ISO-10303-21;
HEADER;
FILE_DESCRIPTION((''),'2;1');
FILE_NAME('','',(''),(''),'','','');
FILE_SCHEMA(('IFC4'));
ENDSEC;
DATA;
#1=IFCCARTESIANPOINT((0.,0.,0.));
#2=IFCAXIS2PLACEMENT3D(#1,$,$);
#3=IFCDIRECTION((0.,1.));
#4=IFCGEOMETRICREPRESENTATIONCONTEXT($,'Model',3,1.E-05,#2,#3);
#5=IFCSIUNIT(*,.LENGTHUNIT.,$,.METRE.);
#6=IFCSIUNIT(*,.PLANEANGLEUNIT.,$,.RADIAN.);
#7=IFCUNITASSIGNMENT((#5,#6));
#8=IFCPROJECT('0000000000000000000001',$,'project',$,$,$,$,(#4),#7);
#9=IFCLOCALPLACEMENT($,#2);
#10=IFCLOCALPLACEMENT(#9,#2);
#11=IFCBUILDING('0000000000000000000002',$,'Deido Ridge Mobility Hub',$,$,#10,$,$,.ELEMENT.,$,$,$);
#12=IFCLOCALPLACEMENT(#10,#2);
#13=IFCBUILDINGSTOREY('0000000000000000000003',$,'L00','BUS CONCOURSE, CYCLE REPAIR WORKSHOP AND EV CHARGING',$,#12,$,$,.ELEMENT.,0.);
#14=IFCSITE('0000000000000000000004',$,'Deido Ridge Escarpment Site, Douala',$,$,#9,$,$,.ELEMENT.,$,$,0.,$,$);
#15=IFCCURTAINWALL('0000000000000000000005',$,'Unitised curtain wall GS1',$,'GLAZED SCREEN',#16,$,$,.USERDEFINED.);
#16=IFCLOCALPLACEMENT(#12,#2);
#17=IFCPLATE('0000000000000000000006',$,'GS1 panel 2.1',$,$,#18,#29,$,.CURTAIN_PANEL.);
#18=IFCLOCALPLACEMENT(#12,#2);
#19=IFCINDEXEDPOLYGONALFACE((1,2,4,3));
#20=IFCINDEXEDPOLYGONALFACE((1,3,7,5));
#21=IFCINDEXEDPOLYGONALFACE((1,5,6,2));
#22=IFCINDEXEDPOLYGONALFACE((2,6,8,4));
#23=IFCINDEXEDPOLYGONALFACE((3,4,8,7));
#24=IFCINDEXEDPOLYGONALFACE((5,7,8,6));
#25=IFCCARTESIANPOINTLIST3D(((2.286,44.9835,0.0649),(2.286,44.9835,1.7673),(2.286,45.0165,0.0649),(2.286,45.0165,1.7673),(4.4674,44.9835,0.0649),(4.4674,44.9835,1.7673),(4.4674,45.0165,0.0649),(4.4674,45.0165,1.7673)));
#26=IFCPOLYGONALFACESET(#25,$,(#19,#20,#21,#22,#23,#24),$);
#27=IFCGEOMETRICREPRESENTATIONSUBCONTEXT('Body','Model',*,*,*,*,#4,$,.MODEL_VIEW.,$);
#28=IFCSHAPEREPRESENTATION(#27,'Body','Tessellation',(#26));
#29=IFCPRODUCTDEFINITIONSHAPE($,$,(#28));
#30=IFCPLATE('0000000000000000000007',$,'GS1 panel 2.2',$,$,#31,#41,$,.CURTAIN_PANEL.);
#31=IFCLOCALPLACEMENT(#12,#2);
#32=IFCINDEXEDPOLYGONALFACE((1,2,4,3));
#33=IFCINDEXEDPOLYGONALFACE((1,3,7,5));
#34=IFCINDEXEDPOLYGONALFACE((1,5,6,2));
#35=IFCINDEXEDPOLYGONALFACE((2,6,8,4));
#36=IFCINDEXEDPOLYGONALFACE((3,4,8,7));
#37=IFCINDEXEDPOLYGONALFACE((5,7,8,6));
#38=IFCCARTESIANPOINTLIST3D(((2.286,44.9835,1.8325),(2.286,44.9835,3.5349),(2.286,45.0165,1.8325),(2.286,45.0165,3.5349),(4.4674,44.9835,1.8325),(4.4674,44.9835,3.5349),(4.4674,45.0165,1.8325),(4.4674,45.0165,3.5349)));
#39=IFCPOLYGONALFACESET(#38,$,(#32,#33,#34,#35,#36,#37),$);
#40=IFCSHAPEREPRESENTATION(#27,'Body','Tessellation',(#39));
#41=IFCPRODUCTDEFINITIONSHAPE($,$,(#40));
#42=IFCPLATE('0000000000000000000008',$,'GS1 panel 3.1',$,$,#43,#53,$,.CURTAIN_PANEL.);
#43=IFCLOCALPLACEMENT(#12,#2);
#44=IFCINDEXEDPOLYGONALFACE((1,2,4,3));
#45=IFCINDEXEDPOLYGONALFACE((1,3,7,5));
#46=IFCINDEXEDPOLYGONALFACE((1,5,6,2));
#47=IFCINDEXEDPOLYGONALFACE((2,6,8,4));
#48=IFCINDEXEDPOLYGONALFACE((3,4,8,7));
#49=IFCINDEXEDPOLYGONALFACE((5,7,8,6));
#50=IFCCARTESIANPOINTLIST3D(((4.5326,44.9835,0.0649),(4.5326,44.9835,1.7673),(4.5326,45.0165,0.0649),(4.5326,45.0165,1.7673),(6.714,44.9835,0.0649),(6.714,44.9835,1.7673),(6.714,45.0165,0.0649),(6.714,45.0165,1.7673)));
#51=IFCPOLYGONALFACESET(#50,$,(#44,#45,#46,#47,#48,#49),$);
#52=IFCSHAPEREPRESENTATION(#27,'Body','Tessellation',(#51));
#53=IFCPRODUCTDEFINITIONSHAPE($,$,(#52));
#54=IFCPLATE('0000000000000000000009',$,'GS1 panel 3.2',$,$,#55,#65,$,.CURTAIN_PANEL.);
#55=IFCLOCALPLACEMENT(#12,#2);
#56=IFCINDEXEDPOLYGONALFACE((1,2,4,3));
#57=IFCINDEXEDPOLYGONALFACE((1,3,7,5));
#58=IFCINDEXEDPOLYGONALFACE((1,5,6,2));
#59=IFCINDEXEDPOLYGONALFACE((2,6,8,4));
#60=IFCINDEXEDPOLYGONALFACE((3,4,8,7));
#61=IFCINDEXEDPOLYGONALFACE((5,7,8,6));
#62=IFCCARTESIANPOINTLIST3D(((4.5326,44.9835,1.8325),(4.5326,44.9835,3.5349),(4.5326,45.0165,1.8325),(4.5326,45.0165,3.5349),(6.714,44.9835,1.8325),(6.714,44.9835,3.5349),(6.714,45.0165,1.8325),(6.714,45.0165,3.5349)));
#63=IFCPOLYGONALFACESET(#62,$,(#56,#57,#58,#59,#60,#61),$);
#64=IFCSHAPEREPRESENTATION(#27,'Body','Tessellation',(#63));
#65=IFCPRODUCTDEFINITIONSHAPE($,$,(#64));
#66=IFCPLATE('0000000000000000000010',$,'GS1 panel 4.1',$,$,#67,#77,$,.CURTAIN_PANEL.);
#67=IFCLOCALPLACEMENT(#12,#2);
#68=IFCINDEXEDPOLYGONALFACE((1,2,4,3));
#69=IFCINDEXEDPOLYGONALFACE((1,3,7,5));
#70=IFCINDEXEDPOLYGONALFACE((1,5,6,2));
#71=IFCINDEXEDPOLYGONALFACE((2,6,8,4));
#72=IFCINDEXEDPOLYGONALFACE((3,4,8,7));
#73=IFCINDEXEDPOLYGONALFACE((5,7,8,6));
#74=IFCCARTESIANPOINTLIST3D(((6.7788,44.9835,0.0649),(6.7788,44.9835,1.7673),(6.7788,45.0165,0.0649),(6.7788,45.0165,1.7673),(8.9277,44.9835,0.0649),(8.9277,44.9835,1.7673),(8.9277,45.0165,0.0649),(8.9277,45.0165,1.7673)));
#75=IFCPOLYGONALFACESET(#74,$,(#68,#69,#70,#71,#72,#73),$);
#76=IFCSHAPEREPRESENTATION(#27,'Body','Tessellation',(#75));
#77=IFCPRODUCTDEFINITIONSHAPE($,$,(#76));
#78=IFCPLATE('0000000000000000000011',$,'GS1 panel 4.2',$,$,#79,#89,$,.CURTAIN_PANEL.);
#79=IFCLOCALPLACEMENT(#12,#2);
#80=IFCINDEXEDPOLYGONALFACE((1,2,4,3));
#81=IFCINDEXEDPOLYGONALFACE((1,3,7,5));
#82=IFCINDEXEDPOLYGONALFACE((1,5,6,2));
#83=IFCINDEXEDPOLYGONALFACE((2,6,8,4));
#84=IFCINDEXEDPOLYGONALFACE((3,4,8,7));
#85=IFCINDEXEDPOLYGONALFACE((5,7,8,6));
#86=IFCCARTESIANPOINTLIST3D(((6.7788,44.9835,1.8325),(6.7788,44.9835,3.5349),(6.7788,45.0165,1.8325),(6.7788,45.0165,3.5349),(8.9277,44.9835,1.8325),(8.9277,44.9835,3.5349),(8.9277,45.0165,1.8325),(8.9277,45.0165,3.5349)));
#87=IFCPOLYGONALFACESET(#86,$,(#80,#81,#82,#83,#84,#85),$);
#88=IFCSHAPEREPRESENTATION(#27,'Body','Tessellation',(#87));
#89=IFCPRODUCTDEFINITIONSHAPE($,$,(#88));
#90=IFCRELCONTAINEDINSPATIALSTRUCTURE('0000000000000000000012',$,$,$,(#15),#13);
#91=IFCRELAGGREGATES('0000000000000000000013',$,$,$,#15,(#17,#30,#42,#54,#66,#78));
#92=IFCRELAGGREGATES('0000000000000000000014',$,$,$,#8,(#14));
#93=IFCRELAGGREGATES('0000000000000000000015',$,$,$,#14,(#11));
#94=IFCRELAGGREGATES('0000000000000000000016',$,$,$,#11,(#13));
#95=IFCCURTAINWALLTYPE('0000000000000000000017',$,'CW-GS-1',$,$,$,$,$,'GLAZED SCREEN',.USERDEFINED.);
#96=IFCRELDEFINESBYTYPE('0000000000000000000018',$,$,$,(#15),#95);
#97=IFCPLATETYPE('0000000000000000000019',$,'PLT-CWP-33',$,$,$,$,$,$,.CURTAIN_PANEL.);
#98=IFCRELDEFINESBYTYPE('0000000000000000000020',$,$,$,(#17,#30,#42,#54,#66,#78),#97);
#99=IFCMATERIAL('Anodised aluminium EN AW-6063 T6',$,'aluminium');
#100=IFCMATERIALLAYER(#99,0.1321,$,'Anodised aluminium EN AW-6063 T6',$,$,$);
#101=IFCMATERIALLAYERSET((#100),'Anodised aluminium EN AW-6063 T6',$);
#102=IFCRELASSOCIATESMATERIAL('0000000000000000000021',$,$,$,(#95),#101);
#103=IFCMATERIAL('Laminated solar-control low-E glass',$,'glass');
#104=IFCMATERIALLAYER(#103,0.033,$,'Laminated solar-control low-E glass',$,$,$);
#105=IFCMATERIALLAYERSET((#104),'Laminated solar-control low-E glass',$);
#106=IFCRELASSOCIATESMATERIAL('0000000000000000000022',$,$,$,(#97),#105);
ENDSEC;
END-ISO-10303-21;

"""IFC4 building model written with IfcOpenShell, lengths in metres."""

from ifc_helpers import new_model, si_unit, direction, frame, origin, origin_2d, place, context, subcontext, project, spatial, rectangle, extrude, material, layer, layer_set, type_object, element, aggregate, save


model = new_model("IFC4")

# Units and contexts
model_context = context("Model", 3, precision=1e-05, world=origin(), true_north=direction((0.0, 1.0)))
body_context = subcontext(model_context, "Body", "Model", "MODEL_VIEW")
ifc_project = project(units=[si_unit("LENGTHUNIT", "METRE"), si_unit("PLANEANGLEUNIT", "RADIAN")], contexts=[model_context])

# Site, building, storey
site_placement = place(None, origin())
site = spatial("IfcSite", under=ifc_project, at=site_placement, Name="Deido Ridge Escarpment Site, Douala", CompositionType="ELEMENT", RefElevation=0.0)
building_placement = place(site_placement, origin())
building = spatial("IfcBuilding", under=site, at=building_placement, Name="Deido Ridge Mobility Hub", CompositionType="ELEMENT")
storey_placement = place(building_placement, origin())
storey = spatial("IfcBuildingStorey", under=building, at=storey_placement, Name="L00", Description="BUS CONCOURSE, CYCLE REPAIR WORKSHOP AND EV CHARGING", CompositionType="ELEMENT", Elevation=0.0)

# Shared definitions
ifc_material_1 = material(Name="Anodised aluminium EN AW-6063 T6", Category="aluminium")
ifc_layer_1 = layer(ifc_material_1, 0.1321, Name="Anodised aluminium EN AW-6063 T6")
ifc_layer_set_1 = layer_set([ifc_layer_1], Name="Anodised aluminium EN AW-6063 T6")
curtain_wall_type_1 = type_object("IfcCurtainWallType", Name="CW-GS-1", ElementType="GLAZED SCREEN", PredefinedType="USERDEFINED", material=ifc_layer_set_1)

# Curtain wall
curtain_wall_1_placement = place(storey_placement, origin())
curtain_wall_1 = element("IfcCurtainWall", 1, at=curtain_wall_1_placement, inside=storey, type_object=curtain_wall_type_1, Name="Unitised curtain wall GS1", ObjectType="GLAZED SCREEN", PredefinedType="USERDEFINED")

# Plates
ifc_material_2 = material(Name="Laminated solar-control low-E glass", Category="glass")
ifc_layer_2 = layer(ifc_material_2, 0.033, Name="Laminated solar-control low-E glass")
ifc_layer_set_2 = layer_set([ifc_layer_2], Name="Laminated solar-control low-E glass")
plate_type_1 = type_object("IfcPlateType", Name="PLT-CWP-33", PredefinedType="CURTAIN_PANEL", material=ifc_layer_set_2)
plate_1_placement = place(storey_placement, frame((3.3767, 45.0, 0.0649), z_axis=(0.0, 0.0, 1.0), x_axis=(1.0, 0.0, 0.0)))
plate_1 = element("IfcPlate", 2, at=plate_1_placement, type_object=plate_type_1, Name="GS1 panel 2.1", PredefinedType="CURTAIN_PANEL", context=body_context, shape_type="SweptSolid", body=[
    extrude(rectangle(XDim=2.1814, YDim=0.033, at=origin_2d()), origin(), (0.0, 0.0, 1.0), 1.7024),
])
plate_2_placement = place(storey_placement, frame((3.3767, 45.0, 1.8325), z_axis=(0.0, 0.0, 1.0), x_axis=(1.0, 0.0, 0.0)))
plate_2 = element("IfcPlate", 3, at=plate_2_placement, type_object=plate_type_1, Name="GS1 panel 2.2", PredefinedType="CURTAIN_PANEL", context=body_context, shape_type="SweptSolid", body=[
    extrude(rectangle(XDim=2.1814, YDim=0.033, at=origin_2d()), origin(), (0.0, 0.0, 1.0), 1.7024),
])
plate_3_placement = place(storey_placement, frame((5.6233, 45.0, 0.0649), z_axis=(0.0, 0.0, 1.0), x_axis=(1.0, 0.0, 0.0)))
plate_3 = element("IfcPlate", 4, at=plate_3_placement, type_object=plate_type_1, Name="GS1 panel 3.1", PredefinedType="CURTAIN_PANEL", context=body_context, shape_type="SweptSolid", body=[
    extrude(rectangle(XDim=2.1814, YDim=0.033, at=origin_2d()), origin(), (0.0, 0.0, 1.0), 1.7024),
])
plate_4_placement = place(storey_placement, frame((5.6233, 45.0, 1.8325), z_axis=(0.0, 0.0, 1.0), x_axis=(1.0, 0.0, 0.0)))
plate_4 = element("IfcPlate", 5, at=plate_4_placement, type_object=plate_type_1, Name="GS1 panel 3.2", PredefinedType="CURTAIN_PANEL", context=body_context, shape_type="SweptSolid", body=[
    extrude(rectangle(XDim=2.1814, YDim=0.033, at=origin_2d()), origin(), (0.0, 0.0, 1.0), 1.7024),
])
plate_5_placement = place(storey_placement, frame((7.8533, 45.0, 0.0649), z_axis=(0.0, 0.0, 1.0), x_axis=(1.0, 0.0, 0.0)))
plate_5 = element("IfcPlate", 6, at=plate_5_placement, type_object=plate_type_1, Name="GS1 panel 4.1", PredefinedType="CURTAIN_PANEL", context=body_context, shape_type="SweptSolid", body=[
    extrude(rectangle(XDim=2.1489, YDim=0.033, at=origin_2d()), origin(), (0.0, 0.0, 1.0), 1.7024),
])
plate_6_placement = place(storey_placement, frame((7.8533, 45.0, 1.8325), z_axis=(0.0, 0.0, 1.0), x_axis=(1.0, 0.0, 0.0)))
plate_6 = element("IfcPlate", 7, at=plate_6_placement, type_object=plate_type_1, Name="GS1 panel 4.2", PredefinedType="CURTAIN_PANEL", context=body_context, shape_type="SweptSolid", body=[
    extrude(rectangle(XDim=2.1489, YDim=0.033, at=origin_2d()), origin(), (0.0, 0.0, 1.0), 1.7024),
])
aggregate(curtain_wall_1, [plate_1, plate_2, plate_3, plate_4, plate_5, plate_6])

save(model, "model.ifc")
